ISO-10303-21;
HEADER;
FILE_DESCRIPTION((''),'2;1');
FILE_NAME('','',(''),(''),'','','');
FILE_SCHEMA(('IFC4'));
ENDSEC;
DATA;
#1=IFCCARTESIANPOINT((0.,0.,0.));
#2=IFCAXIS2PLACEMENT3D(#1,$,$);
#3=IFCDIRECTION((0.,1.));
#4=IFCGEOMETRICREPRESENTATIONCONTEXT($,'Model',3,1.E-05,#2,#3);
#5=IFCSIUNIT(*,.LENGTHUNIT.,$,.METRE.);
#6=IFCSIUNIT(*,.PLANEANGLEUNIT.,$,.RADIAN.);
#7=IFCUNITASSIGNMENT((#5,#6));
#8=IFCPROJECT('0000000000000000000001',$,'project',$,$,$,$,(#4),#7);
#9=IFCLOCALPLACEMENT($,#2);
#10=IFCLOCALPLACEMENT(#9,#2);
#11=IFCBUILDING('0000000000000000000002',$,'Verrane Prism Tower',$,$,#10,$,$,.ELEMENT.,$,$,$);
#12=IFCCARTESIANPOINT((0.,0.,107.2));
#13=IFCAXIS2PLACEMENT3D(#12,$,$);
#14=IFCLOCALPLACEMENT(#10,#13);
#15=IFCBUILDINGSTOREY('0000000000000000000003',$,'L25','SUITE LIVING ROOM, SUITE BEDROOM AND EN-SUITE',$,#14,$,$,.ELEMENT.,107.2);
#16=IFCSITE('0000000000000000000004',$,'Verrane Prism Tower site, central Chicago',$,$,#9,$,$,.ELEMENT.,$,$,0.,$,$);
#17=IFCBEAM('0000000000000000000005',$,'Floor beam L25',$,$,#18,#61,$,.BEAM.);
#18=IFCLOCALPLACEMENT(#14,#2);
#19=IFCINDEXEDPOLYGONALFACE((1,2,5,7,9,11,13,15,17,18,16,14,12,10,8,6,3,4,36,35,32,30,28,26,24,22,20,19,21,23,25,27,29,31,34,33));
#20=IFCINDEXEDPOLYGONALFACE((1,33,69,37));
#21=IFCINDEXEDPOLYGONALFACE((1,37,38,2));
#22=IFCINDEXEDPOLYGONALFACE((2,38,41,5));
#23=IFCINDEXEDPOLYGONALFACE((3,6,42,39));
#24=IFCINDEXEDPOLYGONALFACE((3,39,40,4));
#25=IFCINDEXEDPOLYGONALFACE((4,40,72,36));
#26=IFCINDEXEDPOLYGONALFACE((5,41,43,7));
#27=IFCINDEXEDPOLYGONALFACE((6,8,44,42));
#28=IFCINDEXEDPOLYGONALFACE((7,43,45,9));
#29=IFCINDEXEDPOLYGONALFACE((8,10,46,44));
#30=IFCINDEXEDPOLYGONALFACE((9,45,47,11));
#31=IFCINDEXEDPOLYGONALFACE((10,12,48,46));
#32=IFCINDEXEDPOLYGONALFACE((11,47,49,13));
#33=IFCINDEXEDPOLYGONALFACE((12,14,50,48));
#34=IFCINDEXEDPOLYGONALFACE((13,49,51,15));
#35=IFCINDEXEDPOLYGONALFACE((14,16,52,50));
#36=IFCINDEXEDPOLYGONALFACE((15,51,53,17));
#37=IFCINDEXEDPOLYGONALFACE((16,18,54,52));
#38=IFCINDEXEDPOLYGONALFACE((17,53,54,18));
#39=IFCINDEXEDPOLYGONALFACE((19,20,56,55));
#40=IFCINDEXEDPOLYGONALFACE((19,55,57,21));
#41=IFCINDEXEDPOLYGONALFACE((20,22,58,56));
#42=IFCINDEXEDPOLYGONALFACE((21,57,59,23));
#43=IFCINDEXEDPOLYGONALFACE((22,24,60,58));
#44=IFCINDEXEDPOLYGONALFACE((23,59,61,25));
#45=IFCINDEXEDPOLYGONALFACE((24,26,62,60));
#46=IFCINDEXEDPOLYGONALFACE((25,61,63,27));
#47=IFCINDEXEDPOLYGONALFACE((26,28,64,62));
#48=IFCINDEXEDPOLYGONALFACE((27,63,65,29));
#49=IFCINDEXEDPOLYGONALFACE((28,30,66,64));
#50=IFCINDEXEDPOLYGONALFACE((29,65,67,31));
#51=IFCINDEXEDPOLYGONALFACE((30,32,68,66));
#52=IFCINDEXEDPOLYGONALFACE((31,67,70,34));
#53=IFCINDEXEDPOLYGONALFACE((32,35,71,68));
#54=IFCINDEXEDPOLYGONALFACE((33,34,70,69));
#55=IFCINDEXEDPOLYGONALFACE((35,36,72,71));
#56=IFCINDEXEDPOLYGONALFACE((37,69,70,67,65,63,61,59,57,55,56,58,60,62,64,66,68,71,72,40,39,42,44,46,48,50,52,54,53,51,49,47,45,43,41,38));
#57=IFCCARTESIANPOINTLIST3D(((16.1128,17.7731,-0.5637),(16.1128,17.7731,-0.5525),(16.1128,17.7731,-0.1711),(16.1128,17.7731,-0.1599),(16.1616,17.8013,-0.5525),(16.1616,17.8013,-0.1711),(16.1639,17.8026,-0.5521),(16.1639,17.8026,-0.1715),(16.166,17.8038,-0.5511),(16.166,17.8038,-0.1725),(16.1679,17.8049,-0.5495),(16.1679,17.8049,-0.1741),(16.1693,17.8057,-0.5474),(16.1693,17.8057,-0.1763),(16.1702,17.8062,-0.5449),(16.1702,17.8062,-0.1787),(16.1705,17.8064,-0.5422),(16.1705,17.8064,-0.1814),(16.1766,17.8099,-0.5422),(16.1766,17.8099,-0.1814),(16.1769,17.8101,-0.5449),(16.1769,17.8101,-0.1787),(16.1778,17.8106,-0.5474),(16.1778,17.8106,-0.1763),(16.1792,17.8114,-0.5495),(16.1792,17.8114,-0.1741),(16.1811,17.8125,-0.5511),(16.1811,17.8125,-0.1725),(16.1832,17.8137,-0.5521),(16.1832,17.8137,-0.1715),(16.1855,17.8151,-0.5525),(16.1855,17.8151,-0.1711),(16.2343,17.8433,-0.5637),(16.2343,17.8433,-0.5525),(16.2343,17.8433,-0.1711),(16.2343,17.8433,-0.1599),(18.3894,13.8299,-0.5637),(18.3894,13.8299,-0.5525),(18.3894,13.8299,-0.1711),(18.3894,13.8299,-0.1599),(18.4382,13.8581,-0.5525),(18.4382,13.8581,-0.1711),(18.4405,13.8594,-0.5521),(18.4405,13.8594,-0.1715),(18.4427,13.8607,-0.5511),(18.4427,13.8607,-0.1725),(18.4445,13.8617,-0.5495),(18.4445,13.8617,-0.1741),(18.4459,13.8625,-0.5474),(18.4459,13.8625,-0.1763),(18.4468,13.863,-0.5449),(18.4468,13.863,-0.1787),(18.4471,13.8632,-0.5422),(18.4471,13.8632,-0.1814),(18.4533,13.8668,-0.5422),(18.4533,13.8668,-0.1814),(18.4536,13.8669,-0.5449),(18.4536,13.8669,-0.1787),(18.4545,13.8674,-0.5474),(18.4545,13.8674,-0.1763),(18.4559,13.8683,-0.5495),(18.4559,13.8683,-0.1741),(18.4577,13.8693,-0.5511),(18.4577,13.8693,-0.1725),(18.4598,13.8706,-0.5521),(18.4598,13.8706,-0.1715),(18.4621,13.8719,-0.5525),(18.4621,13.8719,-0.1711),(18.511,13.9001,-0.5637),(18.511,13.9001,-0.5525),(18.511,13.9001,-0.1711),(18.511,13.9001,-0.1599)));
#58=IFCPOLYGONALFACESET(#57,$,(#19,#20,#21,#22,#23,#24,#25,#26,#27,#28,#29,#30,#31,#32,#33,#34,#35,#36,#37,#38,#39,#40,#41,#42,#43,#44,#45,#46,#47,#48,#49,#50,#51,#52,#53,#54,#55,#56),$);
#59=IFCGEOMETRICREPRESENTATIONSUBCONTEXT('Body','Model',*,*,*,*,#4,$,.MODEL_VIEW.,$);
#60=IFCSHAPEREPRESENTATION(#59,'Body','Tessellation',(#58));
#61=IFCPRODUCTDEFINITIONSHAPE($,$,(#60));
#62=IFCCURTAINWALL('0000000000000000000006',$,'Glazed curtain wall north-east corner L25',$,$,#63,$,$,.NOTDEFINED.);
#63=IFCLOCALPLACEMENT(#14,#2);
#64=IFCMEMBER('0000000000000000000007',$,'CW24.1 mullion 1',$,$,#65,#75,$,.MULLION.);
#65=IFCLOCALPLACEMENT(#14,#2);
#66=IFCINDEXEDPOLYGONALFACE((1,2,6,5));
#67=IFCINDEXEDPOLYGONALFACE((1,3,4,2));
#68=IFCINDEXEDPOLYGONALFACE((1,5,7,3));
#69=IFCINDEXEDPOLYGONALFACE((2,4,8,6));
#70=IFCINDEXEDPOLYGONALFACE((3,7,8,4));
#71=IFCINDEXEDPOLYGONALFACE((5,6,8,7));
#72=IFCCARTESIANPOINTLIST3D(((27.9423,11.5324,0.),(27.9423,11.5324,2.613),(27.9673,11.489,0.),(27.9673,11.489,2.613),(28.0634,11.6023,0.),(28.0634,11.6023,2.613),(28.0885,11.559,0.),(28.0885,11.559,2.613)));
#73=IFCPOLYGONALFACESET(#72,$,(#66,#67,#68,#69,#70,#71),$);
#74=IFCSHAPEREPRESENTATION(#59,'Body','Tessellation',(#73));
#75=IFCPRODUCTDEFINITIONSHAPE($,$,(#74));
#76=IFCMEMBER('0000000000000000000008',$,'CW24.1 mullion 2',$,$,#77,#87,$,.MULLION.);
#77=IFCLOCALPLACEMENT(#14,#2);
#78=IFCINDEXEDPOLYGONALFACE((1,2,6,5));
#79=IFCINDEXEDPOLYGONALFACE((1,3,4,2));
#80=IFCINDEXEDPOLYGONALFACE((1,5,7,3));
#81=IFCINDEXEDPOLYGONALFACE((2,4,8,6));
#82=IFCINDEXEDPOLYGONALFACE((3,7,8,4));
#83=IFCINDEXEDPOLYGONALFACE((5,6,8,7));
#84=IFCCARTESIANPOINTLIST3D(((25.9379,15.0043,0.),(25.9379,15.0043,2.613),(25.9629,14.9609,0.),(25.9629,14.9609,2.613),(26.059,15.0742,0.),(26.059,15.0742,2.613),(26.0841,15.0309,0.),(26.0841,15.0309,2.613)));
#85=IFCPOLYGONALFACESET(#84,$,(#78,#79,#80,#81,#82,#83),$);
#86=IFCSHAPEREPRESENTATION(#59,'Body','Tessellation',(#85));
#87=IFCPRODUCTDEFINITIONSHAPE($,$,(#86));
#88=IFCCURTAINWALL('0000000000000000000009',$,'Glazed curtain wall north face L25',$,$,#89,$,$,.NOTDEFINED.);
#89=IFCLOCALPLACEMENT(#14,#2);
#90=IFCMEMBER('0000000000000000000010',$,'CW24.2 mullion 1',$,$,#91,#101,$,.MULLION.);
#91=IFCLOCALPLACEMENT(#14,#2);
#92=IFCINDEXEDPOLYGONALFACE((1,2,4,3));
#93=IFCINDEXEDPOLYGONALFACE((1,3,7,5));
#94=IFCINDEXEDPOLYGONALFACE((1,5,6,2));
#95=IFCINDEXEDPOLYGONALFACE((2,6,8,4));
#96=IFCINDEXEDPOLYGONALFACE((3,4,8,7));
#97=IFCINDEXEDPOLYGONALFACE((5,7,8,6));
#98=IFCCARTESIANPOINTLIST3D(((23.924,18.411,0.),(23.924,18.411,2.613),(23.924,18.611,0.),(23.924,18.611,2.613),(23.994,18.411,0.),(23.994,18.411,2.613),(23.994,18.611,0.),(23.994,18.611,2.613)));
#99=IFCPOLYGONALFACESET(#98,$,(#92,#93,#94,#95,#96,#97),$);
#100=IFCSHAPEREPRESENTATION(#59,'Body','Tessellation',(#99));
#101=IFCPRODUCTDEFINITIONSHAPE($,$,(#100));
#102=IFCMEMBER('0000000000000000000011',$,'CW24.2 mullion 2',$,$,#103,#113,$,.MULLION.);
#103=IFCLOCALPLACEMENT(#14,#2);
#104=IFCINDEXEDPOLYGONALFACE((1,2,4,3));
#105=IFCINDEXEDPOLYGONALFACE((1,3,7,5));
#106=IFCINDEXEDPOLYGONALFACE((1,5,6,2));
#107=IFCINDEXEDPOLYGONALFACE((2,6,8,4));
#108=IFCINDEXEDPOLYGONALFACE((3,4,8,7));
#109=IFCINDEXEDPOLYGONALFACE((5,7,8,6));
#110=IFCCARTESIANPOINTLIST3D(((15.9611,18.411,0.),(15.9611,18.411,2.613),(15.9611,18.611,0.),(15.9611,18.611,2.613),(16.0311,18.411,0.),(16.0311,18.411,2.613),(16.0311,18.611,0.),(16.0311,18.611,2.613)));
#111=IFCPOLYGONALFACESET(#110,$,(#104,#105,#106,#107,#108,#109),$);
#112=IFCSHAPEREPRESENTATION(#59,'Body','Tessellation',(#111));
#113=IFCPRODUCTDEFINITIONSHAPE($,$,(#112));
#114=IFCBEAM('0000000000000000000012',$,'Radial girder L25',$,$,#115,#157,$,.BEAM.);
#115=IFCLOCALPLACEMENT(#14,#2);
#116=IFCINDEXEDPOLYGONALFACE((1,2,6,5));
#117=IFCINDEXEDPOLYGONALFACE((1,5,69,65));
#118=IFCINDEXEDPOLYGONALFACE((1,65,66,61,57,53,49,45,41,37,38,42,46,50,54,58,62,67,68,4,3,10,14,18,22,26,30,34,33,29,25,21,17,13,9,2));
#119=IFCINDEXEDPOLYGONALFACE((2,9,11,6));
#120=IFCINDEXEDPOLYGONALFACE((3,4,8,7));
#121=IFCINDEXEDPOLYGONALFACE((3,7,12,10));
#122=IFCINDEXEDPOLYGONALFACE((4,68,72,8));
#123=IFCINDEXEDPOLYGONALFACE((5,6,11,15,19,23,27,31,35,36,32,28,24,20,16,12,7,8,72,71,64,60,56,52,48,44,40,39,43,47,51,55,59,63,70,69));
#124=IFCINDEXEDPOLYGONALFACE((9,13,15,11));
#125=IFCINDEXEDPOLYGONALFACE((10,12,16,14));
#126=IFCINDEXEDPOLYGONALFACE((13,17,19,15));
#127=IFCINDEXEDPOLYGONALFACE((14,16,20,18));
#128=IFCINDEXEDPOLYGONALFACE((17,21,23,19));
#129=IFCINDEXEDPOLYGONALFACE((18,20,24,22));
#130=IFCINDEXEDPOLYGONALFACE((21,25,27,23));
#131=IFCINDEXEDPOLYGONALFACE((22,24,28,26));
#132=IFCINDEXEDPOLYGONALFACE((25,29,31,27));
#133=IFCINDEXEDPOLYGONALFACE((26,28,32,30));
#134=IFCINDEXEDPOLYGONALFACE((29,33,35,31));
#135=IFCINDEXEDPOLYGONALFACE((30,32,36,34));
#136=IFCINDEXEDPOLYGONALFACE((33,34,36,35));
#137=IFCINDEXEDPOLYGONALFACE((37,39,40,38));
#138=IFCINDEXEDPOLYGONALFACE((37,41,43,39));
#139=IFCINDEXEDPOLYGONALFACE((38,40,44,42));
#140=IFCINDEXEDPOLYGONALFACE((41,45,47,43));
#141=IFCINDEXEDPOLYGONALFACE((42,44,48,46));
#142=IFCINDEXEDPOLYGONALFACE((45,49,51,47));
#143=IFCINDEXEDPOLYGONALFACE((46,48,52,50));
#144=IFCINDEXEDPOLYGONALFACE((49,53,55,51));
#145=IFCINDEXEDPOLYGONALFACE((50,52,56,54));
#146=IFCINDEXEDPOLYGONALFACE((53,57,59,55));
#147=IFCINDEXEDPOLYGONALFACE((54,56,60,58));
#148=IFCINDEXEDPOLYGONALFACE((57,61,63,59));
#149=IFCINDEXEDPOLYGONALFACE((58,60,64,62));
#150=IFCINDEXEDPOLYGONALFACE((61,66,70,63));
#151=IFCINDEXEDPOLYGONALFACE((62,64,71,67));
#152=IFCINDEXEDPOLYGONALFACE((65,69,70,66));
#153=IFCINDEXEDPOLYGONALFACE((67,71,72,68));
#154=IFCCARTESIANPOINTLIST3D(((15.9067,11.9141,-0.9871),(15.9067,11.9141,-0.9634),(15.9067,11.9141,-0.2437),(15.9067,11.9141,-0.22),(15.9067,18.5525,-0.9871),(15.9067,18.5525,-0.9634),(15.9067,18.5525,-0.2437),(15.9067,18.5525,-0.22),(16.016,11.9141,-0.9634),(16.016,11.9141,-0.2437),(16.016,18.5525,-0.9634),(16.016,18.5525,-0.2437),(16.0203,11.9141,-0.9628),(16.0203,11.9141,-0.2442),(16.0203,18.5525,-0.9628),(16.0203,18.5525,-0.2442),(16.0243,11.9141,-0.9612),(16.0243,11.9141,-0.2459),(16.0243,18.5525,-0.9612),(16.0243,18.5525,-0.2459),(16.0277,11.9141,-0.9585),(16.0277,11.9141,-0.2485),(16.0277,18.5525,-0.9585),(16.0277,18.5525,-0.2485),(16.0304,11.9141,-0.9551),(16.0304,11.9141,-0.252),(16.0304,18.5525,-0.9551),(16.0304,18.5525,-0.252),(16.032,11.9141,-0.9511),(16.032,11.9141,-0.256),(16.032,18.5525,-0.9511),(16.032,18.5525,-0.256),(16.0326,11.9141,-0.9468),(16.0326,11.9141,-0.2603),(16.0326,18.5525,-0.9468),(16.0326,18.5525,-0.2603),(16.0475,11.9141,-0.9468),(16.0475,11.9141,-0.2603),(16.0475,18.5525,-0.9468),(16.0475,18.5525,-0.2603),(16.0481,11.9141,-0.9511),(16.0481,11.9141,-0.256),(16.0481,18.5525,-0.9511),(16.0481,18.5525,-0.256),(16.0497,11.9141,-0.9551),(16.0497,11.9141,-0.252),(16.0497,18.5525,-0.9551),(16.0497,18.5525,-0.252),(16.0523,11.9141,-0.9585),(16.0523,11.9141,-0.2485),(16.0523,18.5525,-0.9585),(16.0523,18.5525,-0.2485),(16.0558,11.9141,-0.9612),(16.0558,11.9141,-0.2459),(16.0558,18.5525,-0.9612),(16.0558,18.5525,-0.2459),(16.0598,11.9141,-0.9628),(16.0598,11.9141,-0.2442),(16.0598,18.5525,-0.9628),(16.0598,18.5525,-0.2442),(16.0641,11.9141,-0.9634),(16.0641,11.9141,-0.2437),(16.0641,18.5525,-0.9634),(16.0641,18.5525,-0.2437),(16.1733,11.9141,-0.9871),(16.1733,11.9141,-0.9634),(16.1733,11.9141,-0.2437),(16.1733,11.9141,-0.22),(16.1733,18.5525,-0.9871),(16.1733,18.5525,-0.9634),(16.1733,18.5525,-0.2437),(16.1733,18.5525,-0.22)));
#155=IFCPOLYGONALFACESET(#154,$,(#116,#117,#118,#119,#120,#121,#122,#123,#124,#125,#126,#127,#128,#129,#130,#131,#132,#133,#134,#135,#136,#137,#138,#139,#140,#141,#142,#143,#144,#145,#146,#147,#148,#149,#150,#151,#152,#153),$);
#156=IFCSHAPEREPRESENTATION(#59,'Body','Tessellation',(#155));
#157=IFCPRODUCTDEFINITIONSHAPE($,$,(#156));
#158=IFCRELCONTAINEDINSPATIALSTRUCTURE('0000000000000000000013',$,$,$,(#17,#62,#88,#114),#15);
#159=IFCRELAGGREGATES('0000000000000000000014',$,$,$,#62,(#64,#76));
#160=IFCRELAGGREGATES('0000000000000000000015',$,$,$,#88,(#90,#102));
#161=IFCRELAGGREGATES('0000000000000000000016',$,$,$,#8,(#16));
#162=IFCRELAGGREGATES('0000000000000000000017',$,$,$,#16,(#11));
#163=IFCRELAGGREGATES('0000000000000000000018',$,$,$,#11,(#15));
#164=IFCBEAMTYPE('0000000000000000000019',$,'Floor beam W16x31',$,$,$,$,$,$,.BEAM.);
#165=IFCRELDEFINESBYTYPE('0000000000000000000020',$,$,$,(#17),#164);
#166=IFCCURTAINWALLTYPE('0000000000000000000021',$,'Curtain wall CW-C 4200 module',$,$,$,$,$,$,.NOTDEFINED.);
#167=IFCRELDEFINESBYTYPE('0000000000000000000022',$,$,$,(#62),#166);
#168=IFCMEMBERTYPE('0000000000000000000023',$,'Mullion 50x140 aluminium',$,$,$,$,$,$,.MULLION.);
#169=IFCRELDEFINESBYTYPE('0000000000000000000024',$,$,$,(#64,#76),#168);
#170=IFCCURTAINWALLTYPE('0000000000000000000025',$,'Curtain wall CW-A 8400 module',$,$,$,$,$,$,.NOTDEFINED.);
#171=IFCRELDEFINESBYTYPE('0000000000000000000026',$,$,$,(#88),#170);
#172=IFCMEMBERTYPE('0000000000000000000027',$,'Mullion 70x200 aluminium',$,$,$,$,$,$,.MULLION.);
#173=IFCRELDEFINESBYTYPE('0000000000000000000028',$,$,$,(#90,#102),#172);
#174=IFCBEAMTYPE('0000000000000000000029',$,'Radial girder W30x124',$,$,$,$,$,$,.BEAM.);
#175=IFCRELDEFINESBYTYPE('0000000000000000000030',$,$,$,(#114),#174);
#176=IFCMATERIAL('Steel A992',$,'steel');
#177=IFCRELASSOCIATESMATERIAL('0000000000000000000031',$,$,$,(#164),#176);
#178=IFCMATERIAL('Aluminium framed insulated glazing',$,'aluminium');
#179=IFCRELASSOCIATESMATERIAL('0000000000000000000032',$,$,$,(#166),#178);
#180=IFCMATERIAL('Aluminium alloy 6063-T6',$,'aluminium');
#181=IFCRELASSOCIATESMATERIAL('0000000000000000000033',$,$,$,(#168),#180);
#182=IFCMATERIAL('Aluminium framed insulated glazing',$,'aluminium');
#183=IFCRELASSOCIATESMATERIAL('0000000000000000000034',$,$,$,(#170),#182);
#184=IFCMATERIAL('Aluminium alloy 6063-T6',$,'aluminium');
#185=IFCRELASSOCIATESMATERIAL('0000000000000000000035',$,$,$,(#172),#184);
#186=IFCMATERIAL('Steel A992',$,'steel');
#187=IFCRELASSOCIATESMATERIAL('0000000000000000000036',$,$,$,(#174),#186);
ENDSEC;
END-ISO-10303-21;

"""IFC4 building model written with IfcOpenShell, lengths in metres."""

from ifc_helpers import new_model, si_unit, direction, frame, origin, origin_2d, place, context, subcontext, project, spatial, rectangle, i_section, extrude, material, material_profile, profile_set, type_object, element, aggregate, save


model = new_model("IFC4")

# Units and contexts
model_context = context("Model", 3, precision=1e-05, world=origin(), true_north=direction((0.0, 1.0)))
body_context = subcontext(model_context, "Body", "Model", "MODEL_VIEW")
ifc_project = project(units=[si_unit("LENGTHUNIT", "METRE"), si_unit("PLANEANGLEUNIT", "RADIAN")], contexts=[model_context])

# Site, building, storey
site_placement = place(None, origin())
site = spatial("IfcSite", under=ifc_project, at=site_placement, Name="Verrane Prism Tower site, central Chicago", CompositionType="ELEMENT", RefElevation=0.0)
building_placement = place(site_placement, origin())
building = spatial("IfcBuilding", under=site, at=building_placement, Name="Verrane Prism Tower", CompositionType="ELEMENT")
storey_placement = place(building_placement, frame((0.0, 0.0, 107.2)))
storey = spatial("IfcBuildingStorey", under=building, at=storey_placement, Name="L25", Description="SUITE LIVING ROOM, SUITE BEDROOM AND EN-SUITE", CompositionType="ELEMENT", Elevation=107.2)

# Beam
ifc_material_1 = material(Name="Steel A992", Category="steel")
ifc_material_profile_1 = material_profile(ifc_material_1, i_section(OverallWidth=0.1404, OverallDepth=0.4038, WebThickness=0.0071, FlangeThickness=0.0112, FilletRadius=0.0103, at=origin_2d()), Name="W16x31")
ifc_profile_set_1 = profile_set([ifc_material_profile_1], Name="Steel A992")
beam_type_1 = type_object("IfcBeamType", Name="Floor beam W16x31", PredefinedType="BEAM", material=ifc_profile_set_1)
beam_1_placement = place(storey_placement, frame((18.4502, 13.865, -0.3618), z_axis=(-0.500009, 0.86602, 0.0), x_axis=(-0.86602, -0.500009, 0.0)))
element("IfcBeam", 1, at=beam_1_placement, inside=storey, type_object=beam_type_1, Name="Floor beam L25", PredefinedType="BEAM", context=body_context, shape_type="SweptSolid", body=[
    extrude(i_section(OverallWidth=0.1404, OverallDepth=0.4038, WebThickness=0.0071, FlangeThickness=0.0112, FilletRadius=0.0103, at=origin_2d()), origin(), (0.0, 0.0, 1.0), 4.5532),
])

# Curtain walls, members
ifc_material_2 = material(Name="Aluminium framed insulated glazing", Category="aluminium")
curtain_wall_type_1 = type_object("IfcCurtainWallType", Name="Curtain wall CW-C 4200 module", PredefinedType="NOTDEFINED", material=ifc_material_2)
curtain_wall_1_placement = place(storey_placement, origin())
curtain_wall_1 = element("IfcCurtainWall", 2, at=curtain_wall_1_placement, inside=storey, type_object=curtain_wall_type_1, Name="Glazed curtain wall north-east corner L25", PredefinedType="NOTDEFINED")
ifc_material_3 = material(Name="Aluminium alloy 6063-T6", Category="aluminium")
ifc_material_profile_2 = material_profile(ifc_material_3, rectangle(XDim=0.1399, YDim=0.05, at=origin_2d()), Name="Mullion 50x140 aluminium")
ifc_profile_set_2 = profile_set([ifc_material_profile_2], Name="Aluminium alloy 6063-T6")
member_type_1 = type_object("IfcMemberType", Name="Mullion 50x140 aluminium", PredefinedType="MULLION", material=ifc_profile_set_2)
member_1_placement = place(storey_placement, frame((28.0154, 11.5457, 0.0), z_axis=(0.0, 0.0, 1.0), x_axis=(-0.866028, -0.499996, 0.0)))
member_1 = element("IfcMember", 3, at=member_1_placement, type_object=member_type_1, Name="CW24.1 mullion 1", PredefinedType="MULLION", context=body_context, shape_type="SweptSolid", body=[
    extrude(rectangle(XDim=0.1399, YDim=0.05, at=origin_2d()), origin(), (0.0, 0.0, 1.0), 2.613),
])
member_2_placement = place(storey_placement, frame((26.011, 15.0176, 0.0), z_axis=(0.0, 0.0, 1.0), x_axis=(-0.866028, -0.499996, 0.0)))
member_2 = element("IfcMember", 4, at=member_2_placement, type_object=member_type_1, Name="CW24.1 mullion 2", PredefinedType="MULLION", context=body_context, shape_type="SweptSolid", body=[
    extrude(rectangle(XDim=0.1399, YDim=0.05, at=origin_2d()), origin(), (0.0, 0.0, 1.0), 2.613),
])
ifc_material_4 = material(Name="Aluminium framed insulated glazing", Category="aluminium")
curtain_wall_type_2 = type_object("IfcCurtainWallType", Name="Curtain wall CW-A 8400 module", PredefinedType="NOTDEFINED", material=ifc_material_4)
curtain_wall_2_placement = place(storey_placement, origin())
curtain_wall_2 = element("IfcCurtainWall", 5, at=curtain_wall_2_placement, inside=storey, type_object=curtain_wall_type_2, Name="Glazed curtain wall north face L25", PredefinedType="NOTDEFINED")
ifc_material_5 = material(Name="Aluminium alloy 6063-T6", Category="aluminium")
ifc_material_profile_3 = material_profile(ifc_material_5, rectangle(XDim=0.2, YDim=0.0701, at=origin_2d()), Name="Mullion 70x200 aluminium")
ifc_profile_set_3 = profile_set([ifc_material_profile_3], Name="Aluminium alloy 6063-T6")
member_type_2 = type_object("IfcMemberType", Name="Mullion 70x200 aluminium", PredefinedType="MULLION", material=ifc_profile_set_3)
member_3_placement = place(storey_placement, frame((23.959, 18.511, 0.0), z_axis=(0.0, 0.0, 1.0), x_axis=(0.0, -1.0, 0.0)))
member_3 = element("IfcMember", 6, at=member_3_placement, type_object=member_type_2, Name="CW24.2 mullion 1", PredefinedType="MULLION", context=body_context, shape_type="SweptSolid", body=[
    extrude(rectangle(XDim=0.2, YDim=0.0701, at=origin_2d()), origin(), (0.0, 0.0, 1.0), 2.613),
])
member_4_placement = place(storey_placement, frame((15.9961, 18.511, 0.0), z_axis=(0.0, 0.0, 1.0), x_axis=(0.0, -1.0, 0.0)))
member_4 = element("IfcMember", 7, at=member_4_placement, type_object=member_type_2, Name="CW24.2 mullion 2", PredefinedType="MULLION", context=body_context, shape_type="SweptSolid", body=[
    extrude(rectangle(XDim=0.2, YDim=0.0701, at=origin_2d()), origin(), (0.0, 0.0, 1.0), 2.613),
])

# Beam
ifc_material_6 = material(Name="Steel A992", Category="steel")
ifc_material_profile_4 = material_profile(ifc_material_6, i_section(OverallWidth=0.2666, OverallDepth=0.7671, WebThickness=0.0149, FlangeThickness=0.0237, FilletRadius=0.0166, at=origin_2d()), Name="W30x124")
ifc_profile_set_4 = profile_set([ifc_material_profile_4], Name="Steel A992")
beam_type_2 = type_object("IfcBeamType", Name="Radial girder W30x124", PredefinedType="BEAM", material=ifc_profile_set_4)
beam_2_placement = place(storey_placement, frame((16.04, 18.5525, -0.6035), z_axis=(0.0, -1.0, 0.0), x_axis=(1.0, 0.0, 0.0)))
element("IfcBeam", 8, at=beam_2_placement, inside=storey, type_object=beam_type_2, Name="Radial girder L25", PredefinedType="BEAM", context=body_context, shape_type="SweptSolid", body=[
    extrude(i_section(OverallWidth=0.2666, OverallDepth=0.7671, WebThickness=0.0149, FlangeThickness=0.0237, FilletRadius=0.0166, at=origin_2d()), origin(), (0.0, 0.0, 1.0), 6.6384),
])

aggregate(curtain_wall_1, [member_1, member_2])
aggregate(curtain_wall_2, [member_3, member_4])

save(model, "model.ifc")
